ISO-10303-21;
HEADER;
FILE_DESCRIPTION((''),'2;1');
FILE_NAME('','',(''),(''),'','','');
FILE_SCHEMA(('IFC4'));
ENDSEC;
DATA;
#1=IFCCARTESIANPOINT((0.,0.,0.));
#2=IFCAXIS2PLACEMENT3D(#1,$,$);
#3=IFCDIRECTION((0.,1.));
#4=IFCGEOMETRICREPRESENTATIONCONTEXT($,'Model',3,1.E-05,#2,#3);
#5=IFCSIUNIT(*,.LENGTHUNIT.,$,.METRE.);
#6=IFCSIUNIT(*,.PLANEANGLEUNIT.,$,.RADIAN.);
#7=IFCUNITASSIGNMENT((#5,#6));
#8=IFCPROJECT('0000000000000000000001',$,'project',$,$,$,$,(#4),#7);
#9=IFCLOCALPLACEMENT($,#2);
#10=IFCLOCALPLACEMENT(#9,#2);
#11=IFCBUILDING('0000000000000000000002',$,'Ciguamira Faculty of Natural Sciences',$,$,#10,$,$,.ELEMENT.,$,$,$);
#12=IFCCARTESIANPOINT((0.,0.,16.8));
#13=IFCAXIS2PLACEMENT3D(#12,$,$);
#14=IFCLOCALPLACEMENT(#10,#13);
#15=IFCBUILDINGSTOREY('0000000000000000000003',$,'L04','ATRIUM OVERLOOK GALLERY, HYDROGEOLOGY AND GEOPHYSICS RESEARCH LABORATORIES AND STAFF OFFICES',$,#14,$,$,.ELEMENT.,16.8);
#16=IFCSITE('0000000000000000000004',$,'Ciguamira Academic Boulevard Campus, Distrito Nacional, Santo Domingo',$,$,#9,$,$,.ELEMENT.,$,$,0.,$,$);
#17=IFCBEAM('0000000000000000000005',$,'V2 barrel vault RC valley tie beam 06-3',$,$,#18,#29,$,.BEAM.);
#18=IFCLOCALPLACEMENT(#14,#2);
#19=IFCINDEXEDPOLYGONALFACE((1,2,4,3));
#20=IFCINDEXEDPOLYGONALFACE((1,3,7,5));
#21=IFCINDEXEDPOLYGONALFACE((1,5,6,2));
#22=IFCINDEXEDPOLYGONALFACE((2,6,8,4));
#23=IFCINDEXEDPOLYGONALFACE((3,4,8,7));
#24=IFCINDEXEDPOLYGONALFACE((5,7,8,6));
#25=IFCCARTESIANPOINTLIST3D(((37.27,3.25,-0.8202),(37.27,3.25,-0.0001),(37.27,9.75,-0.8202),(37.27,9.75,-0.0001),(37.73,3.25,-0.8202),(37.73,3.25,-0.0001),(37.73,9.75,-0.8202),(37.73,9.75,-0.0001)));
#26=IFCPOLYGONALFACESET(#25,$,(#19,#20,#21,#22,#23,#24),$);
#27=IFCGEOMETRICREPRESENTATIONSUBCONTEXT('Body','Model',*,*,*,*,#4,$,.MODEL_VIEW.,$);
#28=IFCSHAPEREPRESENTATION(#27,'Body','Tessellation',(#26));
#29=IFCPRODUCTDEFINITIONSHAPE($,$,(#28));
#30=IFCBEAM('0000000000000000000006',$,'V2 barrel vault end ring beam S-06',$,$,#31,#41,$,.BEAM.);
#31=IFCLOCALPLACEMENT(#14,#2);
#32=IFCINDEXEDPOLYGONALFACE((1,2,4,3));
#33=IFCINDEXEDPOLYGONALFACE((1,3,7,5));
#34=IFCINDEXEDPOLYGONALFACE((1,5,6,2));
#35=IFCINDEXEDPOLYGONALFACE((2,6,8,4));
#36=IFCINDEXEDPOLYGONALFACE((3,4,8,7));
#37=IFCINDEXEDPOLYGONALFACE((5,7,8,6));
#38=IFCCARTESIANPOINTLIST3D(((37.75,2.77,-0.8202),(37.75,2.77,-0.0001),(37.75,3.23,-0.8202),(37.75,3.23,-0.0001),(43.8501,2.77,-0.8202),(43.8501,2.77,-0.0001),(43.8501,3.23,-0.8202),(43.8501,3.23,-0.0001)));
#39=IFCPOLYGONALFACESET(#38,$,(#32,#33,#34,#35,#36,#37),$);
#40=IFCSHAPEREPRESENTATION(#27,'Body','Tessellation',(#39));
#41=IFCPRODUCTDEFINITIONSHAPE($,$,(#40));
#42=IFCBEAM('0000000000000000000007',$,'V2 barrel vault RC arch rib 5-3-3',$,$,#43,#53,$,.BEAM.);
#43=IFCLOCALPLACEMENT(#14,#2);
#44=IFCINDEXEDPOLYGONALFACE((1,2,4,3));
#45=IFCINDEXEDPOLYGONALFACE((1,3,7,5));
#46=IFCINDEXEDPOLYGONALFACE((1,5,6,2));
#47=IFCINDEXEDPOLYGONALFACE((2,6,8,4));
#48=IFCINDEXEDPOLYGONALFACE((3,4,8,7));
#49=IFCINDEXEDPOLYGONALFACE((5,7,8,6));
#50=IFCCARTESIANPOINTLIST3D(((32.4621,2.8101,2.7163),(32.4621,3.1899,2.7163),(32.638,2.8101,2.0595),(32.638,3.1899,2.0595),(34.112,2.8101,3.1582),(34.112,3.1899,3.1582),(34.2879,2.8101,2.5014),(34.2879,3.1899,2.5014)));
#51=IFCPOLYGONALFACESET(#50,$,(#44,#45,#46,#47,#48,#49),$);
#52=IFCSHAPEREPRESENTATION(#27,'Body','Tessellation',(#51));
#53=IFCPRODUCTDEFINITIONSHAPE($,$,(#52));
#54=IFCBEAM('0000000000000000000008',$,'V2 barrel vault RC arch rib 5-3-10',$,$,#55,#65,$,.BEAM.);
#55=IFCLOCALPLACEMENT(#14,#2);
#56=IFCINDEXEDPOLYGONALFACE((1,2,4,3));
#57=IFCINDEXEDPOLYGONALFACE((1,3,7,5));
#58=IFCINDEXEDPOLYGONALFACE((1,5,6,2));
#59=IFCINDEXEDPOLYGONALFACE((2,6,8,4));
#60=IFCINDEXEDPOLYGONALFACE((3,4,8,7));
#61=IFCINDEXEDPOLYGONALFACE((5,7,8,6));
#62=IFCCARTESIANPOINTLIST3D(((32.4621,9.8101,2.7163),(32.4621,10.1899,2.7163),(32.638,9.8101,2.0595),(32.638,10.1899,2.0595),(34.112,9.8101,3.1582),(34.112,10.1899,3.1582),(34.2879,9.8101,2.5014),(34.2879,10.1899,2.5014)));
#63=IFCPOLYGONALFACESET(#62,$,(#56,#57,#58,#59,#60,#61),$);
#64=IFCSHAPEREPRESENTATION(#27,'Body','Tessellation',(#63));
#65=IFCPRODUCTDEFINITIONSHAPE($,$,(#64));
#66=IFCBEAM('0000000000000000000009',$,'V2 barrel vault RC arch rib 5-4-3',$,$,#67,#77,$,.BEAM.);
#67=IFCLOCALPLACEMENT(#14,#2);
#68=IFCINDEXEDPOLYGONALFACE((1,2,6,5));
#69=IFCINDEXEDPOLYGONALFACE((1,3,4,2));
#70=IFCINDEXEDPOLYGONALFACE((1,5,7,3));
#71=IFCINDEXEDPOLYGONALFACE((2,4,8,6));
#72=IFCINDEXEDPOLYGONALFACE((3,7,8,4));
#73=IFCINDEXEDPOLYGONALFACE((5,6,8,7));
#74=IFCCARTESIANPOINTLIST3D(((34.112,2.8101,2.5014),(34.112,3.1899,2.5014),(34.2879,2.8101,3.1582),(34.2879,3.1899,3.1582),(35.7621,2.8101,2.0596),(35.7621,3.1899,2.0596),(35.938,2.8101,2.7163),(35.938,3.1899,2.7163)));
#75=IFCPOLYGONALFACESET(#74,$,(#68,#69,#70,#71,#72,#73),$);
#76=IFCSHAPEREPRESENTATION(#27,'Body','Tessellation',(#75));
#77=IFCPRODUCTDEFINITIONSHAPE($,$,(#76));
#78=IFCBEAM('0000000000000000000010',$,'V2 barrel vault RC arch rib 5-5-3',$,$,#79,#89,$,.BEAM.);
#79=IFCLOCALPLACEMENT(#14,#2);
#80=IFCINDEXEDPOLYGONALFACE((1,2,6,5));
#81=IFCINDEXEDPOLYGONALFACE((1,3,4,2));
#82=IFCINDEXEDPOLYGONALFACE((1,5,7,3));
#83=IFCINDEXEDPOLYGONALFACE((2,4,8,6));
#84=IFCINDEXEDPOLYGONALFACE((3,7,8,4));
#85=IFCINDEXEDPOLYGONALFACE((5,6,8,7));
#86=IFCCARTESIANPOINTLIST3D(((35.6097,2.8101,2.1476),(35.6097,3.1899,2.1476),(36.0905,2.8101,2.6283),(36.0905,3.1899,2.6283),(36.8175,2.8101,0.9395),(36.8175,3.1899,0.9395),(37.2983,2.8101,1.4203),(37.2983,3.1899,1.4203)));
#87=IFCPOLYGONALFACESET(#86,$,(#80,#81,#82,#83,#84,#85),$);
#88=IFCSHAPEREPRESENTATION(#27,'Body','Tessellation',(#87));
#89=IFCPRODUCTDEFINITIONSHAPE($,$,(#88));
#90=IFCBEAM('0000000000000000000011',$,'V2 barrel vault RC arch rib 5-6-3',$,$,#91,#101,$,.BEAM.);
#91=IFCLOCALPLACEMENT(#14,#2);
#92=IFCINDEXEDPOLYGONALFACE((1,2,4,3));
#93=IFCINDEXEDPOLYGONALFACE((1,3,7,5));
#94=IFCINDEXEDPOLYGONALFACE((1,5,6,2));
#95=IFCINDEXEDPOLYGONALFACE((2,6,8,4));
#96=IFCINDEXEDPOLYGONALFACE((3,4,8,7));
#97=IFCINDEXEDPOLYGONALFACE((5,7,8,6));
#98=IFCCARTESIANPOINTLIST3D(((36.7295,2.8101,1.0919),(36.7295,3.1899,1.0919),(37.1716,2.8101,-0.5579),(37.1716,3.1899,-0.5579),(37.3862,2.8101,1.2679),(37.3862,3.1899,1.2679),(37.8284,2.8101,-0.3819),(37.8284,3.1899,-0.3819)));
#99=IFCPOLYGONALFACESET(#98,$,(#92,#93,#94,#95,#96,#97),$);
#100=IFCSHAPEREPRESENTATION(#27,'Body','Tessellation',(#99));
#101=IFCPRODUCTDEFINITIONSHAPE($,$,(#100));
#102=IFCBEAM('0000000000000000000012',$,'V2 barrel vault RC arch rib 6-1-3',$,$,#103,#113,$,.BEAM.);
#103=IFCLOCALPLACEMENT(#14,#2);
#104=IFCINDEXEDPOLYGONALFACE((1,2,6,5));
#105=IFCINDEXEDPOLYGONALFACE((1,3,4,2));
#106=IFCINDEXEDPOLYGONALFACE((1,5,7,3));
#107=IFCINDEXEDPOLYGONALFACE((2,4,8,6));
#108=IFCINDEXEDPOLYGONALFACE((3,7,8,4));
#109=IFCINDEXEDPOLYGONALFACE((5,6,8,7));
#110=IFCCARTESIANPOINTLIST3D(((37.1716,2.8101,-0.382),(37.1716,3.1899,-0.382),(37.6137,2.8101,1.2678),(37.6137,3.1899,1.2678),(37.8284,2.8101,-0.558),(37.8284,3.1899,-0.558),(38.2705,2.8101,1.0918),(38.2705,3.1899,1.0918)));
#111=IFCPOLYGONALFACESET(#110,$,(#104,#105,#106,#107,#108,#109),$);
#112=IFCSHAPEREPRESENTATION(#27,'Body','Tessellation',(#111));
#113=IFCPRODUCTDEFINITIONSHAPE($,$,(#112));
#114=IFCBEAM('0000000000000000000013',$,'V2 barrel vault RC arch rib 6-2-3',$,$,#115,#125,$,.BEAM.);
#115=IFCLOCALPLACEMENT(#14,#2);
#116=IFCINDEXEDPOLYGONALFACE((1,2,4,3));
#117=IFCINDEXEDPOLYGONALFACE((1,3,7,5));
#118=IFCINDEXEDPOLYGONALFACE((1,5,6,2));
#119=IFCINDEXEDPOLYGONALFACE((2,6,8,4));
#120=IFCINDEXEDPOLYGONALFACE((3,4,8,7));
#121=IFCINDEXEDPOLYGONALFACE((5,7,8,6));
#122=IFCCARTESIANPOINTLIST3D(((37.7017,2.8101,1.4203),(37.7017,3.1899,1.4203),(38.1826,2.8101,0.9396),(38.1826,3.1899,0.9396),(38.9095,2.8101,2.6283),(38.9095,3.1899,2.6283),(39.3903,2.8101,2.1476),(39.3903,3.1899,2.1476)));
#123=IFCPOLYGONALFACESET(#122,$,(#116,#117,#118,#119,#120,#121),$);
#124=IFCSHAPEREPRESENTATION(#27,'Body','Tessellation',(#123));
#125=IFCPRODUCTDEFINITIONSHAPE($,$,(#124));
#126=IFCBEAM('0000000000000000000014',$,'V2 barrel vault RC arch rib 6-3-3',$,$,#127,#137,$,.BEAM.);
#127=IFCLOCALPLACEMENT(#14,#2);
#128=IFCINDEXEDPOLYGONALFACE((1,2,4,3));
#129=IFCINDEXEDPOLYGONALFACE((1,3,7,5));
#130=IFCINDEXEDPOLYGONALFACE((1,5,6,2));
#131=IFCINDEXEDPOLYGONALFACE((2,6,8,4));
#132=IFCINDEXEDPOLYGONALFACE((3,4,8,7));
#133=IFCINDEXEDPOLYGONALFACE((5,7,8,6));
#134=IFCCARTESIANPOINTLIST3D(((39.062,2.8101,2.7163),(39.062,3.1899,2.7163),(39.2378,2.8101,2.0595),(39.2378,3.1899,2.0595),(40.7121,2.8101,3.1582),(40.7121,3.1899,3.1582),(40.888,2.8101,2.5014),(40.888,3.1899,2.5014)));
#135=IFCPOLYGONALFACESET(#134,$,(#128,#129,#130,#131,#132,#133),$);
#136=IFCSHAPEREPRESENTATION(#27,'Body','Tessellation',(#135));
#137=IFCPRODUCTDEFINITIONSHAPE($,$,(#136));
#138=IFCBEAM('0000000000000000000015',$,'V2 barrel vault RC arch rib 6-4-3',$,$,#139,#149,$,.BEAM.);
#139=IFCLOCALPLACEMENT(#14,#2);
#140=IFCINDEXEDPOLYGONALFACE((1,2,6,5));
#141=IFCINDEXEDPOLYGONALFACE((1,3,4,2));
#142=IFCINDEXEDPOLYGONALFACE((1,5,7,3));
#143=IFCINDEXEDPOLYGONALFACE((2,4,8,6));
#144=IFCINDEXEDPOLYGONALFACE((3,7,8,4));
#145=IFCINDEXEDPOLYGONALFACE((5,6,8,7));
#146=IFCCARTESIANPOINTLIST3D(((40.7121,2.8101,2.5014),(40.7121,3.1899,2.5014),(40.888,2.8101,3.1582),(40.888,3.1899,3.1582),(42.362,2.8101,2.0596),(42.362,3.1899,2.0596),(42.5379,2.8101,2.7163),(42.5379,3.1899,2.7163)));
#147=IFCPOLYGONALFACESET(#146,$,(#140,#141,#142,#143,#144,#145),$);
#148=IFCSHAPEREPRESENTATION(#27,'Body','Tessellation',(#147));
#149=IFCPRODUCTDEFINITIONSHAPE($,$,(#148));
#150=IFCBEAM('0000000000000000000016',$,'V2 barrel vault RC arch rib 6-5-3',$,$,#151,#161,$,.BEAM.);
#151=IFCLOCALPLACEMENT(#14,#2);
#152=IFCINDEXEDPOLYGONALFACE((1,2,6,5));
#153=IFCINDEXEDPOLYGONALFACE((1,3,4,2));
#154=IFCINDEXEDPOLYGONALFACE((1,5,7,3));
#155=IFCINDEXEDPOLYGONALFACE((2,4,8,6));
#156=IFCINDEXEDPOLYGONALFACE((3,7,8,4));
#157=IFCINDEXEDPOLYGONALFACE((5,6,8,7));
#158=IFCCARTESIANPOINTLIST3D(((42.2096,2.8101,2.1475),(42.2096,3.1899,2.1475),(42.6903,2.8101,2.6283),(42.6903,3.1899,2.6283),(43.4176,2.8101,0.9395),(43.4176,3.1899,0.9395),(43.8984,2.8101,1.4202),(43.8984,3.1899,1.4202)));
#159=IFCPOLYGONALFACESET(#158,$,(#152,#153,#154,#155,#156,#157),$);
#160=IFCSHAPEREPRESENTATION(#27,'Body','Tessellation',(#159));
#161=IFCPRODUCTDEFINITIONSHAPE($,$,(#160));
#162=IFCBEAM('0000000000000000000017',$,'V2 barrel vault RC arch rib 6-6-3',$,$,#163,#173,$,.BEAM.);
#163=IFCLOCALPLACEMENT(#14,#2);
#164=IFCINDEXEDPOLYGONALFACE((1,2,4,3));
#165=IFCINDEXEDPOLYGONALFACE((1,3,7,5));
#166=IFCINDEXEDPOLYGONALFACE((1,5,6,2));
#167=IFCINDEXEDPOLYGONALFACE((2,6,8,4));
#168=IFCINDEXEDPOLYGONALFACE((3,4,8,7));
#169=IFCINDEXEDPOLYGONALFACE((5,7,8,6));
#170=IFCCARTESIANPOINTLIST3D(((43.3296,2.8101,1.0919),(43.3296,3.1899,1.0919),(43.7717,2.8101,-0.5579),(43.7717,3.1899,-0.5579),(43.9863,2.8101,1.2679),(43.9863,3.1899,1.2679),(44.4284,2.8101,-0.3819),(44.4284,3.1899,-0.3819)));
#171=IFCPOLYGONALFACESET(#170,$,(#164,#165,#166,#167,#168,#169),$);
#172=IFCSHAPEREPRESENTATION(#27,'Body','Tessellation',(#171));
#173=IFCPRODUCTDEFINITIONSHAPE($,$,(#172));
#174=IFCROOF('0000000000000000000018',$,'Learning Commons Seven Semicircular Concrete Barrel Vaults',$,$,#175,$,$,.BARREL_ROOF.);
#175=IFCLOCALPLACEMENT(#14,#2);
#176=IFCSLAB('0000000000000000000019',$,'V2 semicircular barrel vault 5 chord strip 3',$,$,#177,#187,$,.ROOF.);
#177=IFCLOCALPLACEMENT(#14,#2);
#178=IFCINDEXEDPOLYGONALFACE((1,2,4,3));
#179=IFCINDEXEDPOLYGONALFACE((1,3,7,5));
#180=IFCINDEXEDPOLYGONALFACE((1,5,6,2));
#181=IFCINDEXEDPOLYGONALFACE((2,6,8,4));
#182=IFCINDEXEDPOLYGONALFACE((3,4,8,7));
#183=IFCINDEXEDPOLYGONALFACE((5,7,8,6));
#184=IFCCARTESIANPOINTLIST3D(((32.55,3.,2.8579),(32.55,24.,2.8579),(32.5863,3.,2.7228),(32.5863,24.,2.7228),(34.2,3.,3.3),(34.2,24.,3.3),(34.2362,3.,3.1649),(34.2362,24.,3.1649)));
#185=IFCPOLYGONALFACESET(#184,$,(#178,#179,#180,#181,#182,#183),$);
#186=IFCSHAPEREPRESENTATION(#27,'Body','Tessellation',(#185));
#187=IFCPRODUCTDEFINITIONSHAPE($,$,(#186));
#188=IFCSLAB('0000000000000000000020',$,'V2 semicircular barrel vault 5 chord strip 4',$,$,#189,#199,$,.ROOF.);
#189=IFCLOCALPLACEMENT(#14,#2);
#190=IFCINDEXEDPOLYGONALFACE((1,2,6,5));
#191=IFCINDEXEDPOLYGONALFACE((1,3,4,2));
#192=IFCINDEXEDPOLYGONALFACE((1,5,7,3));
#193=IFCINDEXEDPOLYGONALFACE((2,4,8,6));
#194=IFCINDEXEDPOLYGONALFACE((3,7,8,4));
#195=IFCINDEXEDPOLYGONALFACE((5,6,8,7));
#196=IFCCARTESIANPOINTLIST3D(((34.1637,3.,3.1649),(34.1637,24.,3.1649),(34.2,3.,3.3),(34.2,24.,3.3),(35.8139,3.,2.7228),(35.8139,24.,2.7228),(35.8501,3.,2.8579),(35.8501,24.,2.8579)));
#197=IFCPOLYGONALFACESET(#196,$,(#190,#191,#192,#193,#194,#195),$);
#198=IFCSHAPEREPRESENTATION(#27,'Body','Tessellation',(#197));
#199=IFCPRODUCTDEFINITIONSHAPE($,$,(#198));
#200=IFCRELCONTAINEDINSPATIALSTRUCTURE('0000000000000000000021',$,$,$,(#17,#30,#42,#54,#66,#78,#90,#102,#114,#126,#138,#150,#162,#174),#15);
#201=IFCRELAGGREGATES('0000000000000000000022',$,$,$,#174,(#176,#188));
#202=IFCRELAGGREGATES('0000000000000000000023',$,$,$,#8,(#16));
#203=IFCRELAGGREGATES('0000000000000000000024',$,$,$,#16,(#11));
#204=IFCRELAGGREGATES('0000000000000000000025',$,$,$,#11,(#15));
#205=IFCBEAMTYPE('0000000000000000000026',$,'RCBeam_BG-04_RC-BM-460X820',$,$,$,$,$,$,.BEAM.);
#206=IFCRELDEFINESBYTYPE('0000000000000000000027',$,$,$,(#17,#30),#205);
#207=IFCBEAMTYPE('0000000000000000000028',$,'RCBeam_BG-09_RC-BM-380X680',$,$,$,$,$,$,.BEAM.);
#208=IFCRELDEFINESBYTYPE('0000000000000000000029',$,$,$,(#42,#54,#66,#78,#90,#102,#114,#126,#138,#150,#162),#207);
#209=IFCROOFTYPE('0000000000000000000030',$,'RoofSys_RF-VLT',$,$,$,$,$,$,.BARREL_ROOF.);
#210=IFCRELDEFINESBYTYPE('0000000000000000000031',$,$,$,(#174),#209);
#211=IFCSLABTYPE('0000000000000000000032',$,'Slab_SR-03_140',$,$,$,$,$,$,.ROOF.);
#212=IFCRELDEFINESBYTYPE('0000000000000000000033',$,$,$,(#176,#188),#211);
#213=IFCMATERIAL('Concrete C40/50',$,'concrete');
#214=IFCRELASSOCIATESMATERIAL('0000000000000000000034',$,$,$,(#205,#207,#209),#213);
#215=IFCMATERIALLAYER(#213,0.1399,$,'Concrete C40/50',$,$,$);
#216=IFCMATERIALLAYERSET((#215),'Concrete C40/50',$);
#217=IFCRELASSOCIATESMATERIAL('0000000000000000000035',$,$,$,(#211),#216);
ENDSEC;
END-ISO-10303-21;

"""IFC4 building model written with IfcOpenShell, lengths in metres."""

from ifc_helpers import new_model, si_unit, direction, frame, origin, origin_2d, place, context, subcontext, project, spatial, polyline, rectangle, outline, extrude, material, layer, layer_set, material_profile, profile_set, type_object, element, aggregate, save


model = new_model("IFC4")

# Units and contexts
model_context = context("Model", 3, precision=1e-05, world=origin(), true_north=direction((0.0, 1.0)))
body_context = subcontext(model_context, "Body", "Model", "MODEL_VIEW")
ifc_project = project(units=[si_unit("LENGTHUNIT", "METRE"), si_unit("PLANEANGLEUNIT", "RADIAN")], contexts=[model_context])

# Site, building, storey
site_placement = place(None, origin())
site = spatial("IfcSite", under=ifc_project, at=site_placement, Name="Ciguamira Academic Boulevard Campus, Distrito Nacional, Santo Domingo", CompositionType="ELEMENT", RefElevation=0.0)
building_placement = place(site_placement, origin())
building = spatial("IfcBuilding", under=site, at=building_placement, Name="Ciguamira Faculty of Natural Sciences", CompositionType="ELEMENT")
storey_placement = place(building_placement, frame((0.0, 0.0, 16.8)))
storey = spatial("IfcBuildingStorey", under=building, at=storey_placement, Name="L04", Description="ATRIUM OVERLOOK GALLERY, HYDROGEOLOGY AND GEOPHYSICS RESEARCH LABORATORIES AND STAFF OFFICES", CompositionType="ELEMENT", Elevation=16.8)

# Beams
ifc_material = material(Name="Concrete C40/50", Category="concrete")
ifc_material_profile_1 = material_profile(ifc_material, rectangle(XDim=0.46, YDim=0.8201, at=origin_2d()), Name="RC-BM-460X820")
ifc_profile_set_1 = profile_set([ifc_material_profile_1], Name="Concrete C40/50")
beam_type_1 = type_object("IfcBeamType", Name="RCBeam_BG-04_RC-BM-460X820", PredefinedType="BEAM", material=ifc_profile_set_1)
beam_1_placement = place(storey_placement, frame((37.5, 3.25, -0.4102), z_axis=(0.0, 1.0, 0.0), x_axis=(-1.0, 0.0, 0.0)))
element("IfcBeam", 1, at=beam_1_placement, inside=storey, type_object=beam_type_1, Name="V2 barrel vault RC valley tie beam 06-3", PredefinedType="BEAM", context=body_context, shape_type="SweptSolid", body=[
    extrude(rectangle(XDim=0.46, YDim=0.8201, at=origin_2d()), origin(), (0.0, 0.0, 1.0), 6.5),
])
beam_2_placement = place(storey_placement, frame((37.75, 3.0, -0.4102), z_axis=(1.0, 0.0, 0.0), x_axis=(0.0, 1.0, 0.0)))
element("IfcBeam", 2, at=beam_2_placement, inside=storey, type_object=beam_type_1, Name="V2 barrel vault end ring beam S-06", PredefinedType="BEAM", context=body_context, shape_type="SweptSolid", body=[
    extrude(rectangle(XDim=0.46, YDim=0.8201, at=origin_2d()), origin(), (0.0, 0.0, 1.0), 6.1001),
])
ifc_material_profile_2 = material_profile(ifc_material, rectangle(XDim=0.3799, YDim=0.6799, at=origin_2d()), Name="RC-BM-380X680")
ifc_profile_set_2 = profile_set([ifc_material_profile_2], Name="Concrete C40/50")
beam_type_2 = type_object("IfcBeamType", Name="RCBeam_BG-09_RC-BM-380X680", PredefinedType="BEAM", material=ifc_profile_set_2)
for number, where, z_axis, x_axis, name in (
    (3, (32.55, 3.0, 2.3879), (0.965954, 0.0, 0.258712), (0.0, 1.0, 0.0), "V2 barrel vault RC arch rib 5-3-3"),
    (4, (32.55, 10.0, 2.3879), (0.965954, 0.0, 0.258712), (0.0, 1.0, 0.0), "V2 barrel vault RC arch rib 5-3-10"),
):
    element("IfcBeam", number, at=place(storey_placement, frame(where, z_axis=z_axis, x_axis=x_axis)), inside=storey, type_object=beam_type_2, Name=name, PredefinedType="BEAM", context=body_context, shape_type="SweptSolid", body=[
        extrude(rectangle(XDim=0.3799, YDim=0.6799, at=origin_2d()), origin(), (0.0, 0.0, 1.0), 1.708),
    ])
for number, where, z_axis, x_axis, name in (
    (5, (34.2, 3.0, 2.8298), (0.965964, 0.0, -0.258677), (0.0, 1.0, 0.0), "V2 barrel vault RC arch rib 5-4-3"),
    (6, (35.8501, 3.0, 2.3879), (0.707035, 0.0, -0.707178), (0.0, 1.0, 0.0), "V2 barrel vault RC arch rib 5-5-3"),
):
    element("IfcBeam", number, at=place(storey_placement, frame(where, z_axis=z_axis, x_axis=x_axis)), inside=storey, type_object=beam_type_2, Name=name, PredefinedType="BEAM", context=body_context, shape_type="SweptSolid", body=[
        extrude(rectangle(XDim=0.3799, YDim=0.6799, at=origin_2d()), origin(), (0.0, 0.0, 1.0), 1.7083),
    ])
for number, where, z_axis, x_axis, name in (
    (7, (37.0579, 3.0, 1.1799), (0.258846, 0.0, -0.965919), (0.0, 1.0, 0.0), "V2 barrel vault RC arch rib 5-6-3"),
    (8, (37.5, 3.0, -0.47), (0.258846, 0.0, 0.965919), (0.0, 1.0, 0.0), "V2 barrel vault RC arch rib 6-1-3"),
):
    element("IfcBeam", number, at=place(storey_placement, frame(where, z_axis=z_axis, x_axis=x_axis)), inside=storey, type_object=beam_type_2, Name=name, PredefinedType="BEAM", context=body_context, shape_type="SweptSolid", body=[
        extrude(rectangle(XDim=0.3799, YDim=0.6799, at=origin_2d()), origin(), (0.0, 0.0, 1.0), 1.708),
    ])
for number, where, z_axis, x_axis, name in (
    (9, (37.9421, 3.0, 1.1799), (0.707035, 0.0, 0.707178), (0.0, 1.0, 0.0), "V2 barrel vault RC arch rib 6-2-3"),
    (10, (39.1499, 3.0, 2.3879), (0.965964, 0.0, 0.258677), (0.0, 1.0, 0.0), "V2 barrel vault RC arch rib 6-3-3"),
):
    element("IfcBeam", number, at=place(storey_placement, frame(where, z_axis=z_axis, x_axis=x_axis)), inside=storey, type_object=beam_type_2, Name=name, PredefinedType="BEAM", context=body_context, shape_type="SweptSolid", body=[
        extrude(rectangle(XDim=0.3799, YDim=0.6799, at=origin_2d()), origin(), (0.0, 0.0, 1.0), 1.7083),
    ])
beam_3_placement = place(storey_placement, frame((40.8, 3.0, 2.8298), z_axis=(0.965954, 0.0, -0.258712), x_axis=(0.0, 1.0, 0.0)))
element("IfcBeam", 11, at=beam_3_placement, inside=storey, type_object=beam_type_2, Name="V2 barrel vault RC arch rib 6-4-3", PredefinedType="BEAM", context=body_context, shape_type="SweptSolid", body=[
    extrude(rectangle(XDim=0.3799, YDim=0.6799, at=origin_2d()), origin(), (0.0, 0.0, 1.0), 1.708),
])
beam_4_placement = place(storey_placement, frame((42.45, 3.0, 2.3879), z_axis=(0.707107, 0.0, -0.707107), x_axis=(0.0, 1.0, 0.0)))
element("IfcBeam", 12, at=beam_4_placement, inside=storey, type_object=beam_type_2, Name="V2 barrel vault RC arch rib 6-5-3", PredefinedType="BEAM", context=body_context, shape_type="SweptSolid", body=[
    extrude(rectangle(XDim=0.3799, YDim=0.6799, at=origin_2d()), origin(), (0.0, 0.0, 1.0), 1.7085),
])
beam_5_placement = place(storey_placement, frame((43.658, 3.0, 1.1799), z_axis=(0.258846, 0.0, -0.965919), x_axis=(0.0, 1.0, 0.0)))
element("IfcBeam", 13, at=beam_5_placement, inside=storey, type_object=beam_type_2, Name="V2 barrel vault RC arch rib 6-6-3", PredefinedType="BEAM", context=body_context, shape_type="SweptSolid", body=[
    extrude(rectangle(XDim=0.3799, YDim=0.6799, at=origin_2d()), origin(), (0.0, 0.0, 1.0), 1.708),
])

# Roof, slabs
roof_type = type_object("IfcRoofType", Name="RoofSys_RF-VLT", PredefinedType="BARREL_ROOF", material=ifc_material)
roof_placement = place(storey_placement, origin())
roof = element("IfcRoof", 14, at=roof_placement, inside=storey, type_object=roof_type, Name="Learning Commons Seven Semicircular Concrete Barrel Vaults", PredefinedType="BARREL_ROOF")
ifc_layer = layer(ifc_material, 0.1399, Name="Concrete C40/50")
ifc_layer_set = layer_set([ifc_layer], Name="Concrete C40/50")
slab_type = type_object("IfcSlabType", Name="Slab_SR-03_140", PredefinedType="ROOF", material=ifc_layer_set)
slab_1_placement = place(storey_placement, frame((32.55, 3.0, 2.8579), z_axis=(-0.258846, 0.0, 0.965919), x_axis=(0.965919, 0.0, 0.258846)))
slab_1 = element("IfcSlab", 15, at=slab_1_placement, type_object=slab_type, Name="V2 semicircular barrel vault 5 chord strip 3", PredefinedType="ROOF", context=body_context, shape_type="SweptSolid", body=[
    extrude(outline(polyline([(0.0, 0.0), (1.7081, 0.0), (1.7081, 21.0), (0.0, 21.0), (0.0, 0.0)])), origin(), (0.0, 0.0, -1.0), 0.1399),
])
slab_2_placement = place(storey_placement, frame((34.2, 3.0, 3.3), z_axis=(0.25881, 0.0, 0.965928), x_axis=(0.965928, 0.0, -0.25881)))
slab_2 = element("IfcSlab", 16, at=slab_2_placement, type_object=slab_type, Name="V2 semicircular barrel vault 5 chord strip 4", PredefinedType="ROOF", context=body_context, shape_type="SweptSolid", body=[
    extrude(outline(polyline([(0.0, 0.0), (1.7084, 0.0), (1.7084, 21.0), (0.0, 21.0), (0.0, 0.0)])), origin(), (0.0, 0.0, -1.0), 0.1399),
])
aggregate(roof, [slab_1, slab_2])

save(model, "model.ifc")
